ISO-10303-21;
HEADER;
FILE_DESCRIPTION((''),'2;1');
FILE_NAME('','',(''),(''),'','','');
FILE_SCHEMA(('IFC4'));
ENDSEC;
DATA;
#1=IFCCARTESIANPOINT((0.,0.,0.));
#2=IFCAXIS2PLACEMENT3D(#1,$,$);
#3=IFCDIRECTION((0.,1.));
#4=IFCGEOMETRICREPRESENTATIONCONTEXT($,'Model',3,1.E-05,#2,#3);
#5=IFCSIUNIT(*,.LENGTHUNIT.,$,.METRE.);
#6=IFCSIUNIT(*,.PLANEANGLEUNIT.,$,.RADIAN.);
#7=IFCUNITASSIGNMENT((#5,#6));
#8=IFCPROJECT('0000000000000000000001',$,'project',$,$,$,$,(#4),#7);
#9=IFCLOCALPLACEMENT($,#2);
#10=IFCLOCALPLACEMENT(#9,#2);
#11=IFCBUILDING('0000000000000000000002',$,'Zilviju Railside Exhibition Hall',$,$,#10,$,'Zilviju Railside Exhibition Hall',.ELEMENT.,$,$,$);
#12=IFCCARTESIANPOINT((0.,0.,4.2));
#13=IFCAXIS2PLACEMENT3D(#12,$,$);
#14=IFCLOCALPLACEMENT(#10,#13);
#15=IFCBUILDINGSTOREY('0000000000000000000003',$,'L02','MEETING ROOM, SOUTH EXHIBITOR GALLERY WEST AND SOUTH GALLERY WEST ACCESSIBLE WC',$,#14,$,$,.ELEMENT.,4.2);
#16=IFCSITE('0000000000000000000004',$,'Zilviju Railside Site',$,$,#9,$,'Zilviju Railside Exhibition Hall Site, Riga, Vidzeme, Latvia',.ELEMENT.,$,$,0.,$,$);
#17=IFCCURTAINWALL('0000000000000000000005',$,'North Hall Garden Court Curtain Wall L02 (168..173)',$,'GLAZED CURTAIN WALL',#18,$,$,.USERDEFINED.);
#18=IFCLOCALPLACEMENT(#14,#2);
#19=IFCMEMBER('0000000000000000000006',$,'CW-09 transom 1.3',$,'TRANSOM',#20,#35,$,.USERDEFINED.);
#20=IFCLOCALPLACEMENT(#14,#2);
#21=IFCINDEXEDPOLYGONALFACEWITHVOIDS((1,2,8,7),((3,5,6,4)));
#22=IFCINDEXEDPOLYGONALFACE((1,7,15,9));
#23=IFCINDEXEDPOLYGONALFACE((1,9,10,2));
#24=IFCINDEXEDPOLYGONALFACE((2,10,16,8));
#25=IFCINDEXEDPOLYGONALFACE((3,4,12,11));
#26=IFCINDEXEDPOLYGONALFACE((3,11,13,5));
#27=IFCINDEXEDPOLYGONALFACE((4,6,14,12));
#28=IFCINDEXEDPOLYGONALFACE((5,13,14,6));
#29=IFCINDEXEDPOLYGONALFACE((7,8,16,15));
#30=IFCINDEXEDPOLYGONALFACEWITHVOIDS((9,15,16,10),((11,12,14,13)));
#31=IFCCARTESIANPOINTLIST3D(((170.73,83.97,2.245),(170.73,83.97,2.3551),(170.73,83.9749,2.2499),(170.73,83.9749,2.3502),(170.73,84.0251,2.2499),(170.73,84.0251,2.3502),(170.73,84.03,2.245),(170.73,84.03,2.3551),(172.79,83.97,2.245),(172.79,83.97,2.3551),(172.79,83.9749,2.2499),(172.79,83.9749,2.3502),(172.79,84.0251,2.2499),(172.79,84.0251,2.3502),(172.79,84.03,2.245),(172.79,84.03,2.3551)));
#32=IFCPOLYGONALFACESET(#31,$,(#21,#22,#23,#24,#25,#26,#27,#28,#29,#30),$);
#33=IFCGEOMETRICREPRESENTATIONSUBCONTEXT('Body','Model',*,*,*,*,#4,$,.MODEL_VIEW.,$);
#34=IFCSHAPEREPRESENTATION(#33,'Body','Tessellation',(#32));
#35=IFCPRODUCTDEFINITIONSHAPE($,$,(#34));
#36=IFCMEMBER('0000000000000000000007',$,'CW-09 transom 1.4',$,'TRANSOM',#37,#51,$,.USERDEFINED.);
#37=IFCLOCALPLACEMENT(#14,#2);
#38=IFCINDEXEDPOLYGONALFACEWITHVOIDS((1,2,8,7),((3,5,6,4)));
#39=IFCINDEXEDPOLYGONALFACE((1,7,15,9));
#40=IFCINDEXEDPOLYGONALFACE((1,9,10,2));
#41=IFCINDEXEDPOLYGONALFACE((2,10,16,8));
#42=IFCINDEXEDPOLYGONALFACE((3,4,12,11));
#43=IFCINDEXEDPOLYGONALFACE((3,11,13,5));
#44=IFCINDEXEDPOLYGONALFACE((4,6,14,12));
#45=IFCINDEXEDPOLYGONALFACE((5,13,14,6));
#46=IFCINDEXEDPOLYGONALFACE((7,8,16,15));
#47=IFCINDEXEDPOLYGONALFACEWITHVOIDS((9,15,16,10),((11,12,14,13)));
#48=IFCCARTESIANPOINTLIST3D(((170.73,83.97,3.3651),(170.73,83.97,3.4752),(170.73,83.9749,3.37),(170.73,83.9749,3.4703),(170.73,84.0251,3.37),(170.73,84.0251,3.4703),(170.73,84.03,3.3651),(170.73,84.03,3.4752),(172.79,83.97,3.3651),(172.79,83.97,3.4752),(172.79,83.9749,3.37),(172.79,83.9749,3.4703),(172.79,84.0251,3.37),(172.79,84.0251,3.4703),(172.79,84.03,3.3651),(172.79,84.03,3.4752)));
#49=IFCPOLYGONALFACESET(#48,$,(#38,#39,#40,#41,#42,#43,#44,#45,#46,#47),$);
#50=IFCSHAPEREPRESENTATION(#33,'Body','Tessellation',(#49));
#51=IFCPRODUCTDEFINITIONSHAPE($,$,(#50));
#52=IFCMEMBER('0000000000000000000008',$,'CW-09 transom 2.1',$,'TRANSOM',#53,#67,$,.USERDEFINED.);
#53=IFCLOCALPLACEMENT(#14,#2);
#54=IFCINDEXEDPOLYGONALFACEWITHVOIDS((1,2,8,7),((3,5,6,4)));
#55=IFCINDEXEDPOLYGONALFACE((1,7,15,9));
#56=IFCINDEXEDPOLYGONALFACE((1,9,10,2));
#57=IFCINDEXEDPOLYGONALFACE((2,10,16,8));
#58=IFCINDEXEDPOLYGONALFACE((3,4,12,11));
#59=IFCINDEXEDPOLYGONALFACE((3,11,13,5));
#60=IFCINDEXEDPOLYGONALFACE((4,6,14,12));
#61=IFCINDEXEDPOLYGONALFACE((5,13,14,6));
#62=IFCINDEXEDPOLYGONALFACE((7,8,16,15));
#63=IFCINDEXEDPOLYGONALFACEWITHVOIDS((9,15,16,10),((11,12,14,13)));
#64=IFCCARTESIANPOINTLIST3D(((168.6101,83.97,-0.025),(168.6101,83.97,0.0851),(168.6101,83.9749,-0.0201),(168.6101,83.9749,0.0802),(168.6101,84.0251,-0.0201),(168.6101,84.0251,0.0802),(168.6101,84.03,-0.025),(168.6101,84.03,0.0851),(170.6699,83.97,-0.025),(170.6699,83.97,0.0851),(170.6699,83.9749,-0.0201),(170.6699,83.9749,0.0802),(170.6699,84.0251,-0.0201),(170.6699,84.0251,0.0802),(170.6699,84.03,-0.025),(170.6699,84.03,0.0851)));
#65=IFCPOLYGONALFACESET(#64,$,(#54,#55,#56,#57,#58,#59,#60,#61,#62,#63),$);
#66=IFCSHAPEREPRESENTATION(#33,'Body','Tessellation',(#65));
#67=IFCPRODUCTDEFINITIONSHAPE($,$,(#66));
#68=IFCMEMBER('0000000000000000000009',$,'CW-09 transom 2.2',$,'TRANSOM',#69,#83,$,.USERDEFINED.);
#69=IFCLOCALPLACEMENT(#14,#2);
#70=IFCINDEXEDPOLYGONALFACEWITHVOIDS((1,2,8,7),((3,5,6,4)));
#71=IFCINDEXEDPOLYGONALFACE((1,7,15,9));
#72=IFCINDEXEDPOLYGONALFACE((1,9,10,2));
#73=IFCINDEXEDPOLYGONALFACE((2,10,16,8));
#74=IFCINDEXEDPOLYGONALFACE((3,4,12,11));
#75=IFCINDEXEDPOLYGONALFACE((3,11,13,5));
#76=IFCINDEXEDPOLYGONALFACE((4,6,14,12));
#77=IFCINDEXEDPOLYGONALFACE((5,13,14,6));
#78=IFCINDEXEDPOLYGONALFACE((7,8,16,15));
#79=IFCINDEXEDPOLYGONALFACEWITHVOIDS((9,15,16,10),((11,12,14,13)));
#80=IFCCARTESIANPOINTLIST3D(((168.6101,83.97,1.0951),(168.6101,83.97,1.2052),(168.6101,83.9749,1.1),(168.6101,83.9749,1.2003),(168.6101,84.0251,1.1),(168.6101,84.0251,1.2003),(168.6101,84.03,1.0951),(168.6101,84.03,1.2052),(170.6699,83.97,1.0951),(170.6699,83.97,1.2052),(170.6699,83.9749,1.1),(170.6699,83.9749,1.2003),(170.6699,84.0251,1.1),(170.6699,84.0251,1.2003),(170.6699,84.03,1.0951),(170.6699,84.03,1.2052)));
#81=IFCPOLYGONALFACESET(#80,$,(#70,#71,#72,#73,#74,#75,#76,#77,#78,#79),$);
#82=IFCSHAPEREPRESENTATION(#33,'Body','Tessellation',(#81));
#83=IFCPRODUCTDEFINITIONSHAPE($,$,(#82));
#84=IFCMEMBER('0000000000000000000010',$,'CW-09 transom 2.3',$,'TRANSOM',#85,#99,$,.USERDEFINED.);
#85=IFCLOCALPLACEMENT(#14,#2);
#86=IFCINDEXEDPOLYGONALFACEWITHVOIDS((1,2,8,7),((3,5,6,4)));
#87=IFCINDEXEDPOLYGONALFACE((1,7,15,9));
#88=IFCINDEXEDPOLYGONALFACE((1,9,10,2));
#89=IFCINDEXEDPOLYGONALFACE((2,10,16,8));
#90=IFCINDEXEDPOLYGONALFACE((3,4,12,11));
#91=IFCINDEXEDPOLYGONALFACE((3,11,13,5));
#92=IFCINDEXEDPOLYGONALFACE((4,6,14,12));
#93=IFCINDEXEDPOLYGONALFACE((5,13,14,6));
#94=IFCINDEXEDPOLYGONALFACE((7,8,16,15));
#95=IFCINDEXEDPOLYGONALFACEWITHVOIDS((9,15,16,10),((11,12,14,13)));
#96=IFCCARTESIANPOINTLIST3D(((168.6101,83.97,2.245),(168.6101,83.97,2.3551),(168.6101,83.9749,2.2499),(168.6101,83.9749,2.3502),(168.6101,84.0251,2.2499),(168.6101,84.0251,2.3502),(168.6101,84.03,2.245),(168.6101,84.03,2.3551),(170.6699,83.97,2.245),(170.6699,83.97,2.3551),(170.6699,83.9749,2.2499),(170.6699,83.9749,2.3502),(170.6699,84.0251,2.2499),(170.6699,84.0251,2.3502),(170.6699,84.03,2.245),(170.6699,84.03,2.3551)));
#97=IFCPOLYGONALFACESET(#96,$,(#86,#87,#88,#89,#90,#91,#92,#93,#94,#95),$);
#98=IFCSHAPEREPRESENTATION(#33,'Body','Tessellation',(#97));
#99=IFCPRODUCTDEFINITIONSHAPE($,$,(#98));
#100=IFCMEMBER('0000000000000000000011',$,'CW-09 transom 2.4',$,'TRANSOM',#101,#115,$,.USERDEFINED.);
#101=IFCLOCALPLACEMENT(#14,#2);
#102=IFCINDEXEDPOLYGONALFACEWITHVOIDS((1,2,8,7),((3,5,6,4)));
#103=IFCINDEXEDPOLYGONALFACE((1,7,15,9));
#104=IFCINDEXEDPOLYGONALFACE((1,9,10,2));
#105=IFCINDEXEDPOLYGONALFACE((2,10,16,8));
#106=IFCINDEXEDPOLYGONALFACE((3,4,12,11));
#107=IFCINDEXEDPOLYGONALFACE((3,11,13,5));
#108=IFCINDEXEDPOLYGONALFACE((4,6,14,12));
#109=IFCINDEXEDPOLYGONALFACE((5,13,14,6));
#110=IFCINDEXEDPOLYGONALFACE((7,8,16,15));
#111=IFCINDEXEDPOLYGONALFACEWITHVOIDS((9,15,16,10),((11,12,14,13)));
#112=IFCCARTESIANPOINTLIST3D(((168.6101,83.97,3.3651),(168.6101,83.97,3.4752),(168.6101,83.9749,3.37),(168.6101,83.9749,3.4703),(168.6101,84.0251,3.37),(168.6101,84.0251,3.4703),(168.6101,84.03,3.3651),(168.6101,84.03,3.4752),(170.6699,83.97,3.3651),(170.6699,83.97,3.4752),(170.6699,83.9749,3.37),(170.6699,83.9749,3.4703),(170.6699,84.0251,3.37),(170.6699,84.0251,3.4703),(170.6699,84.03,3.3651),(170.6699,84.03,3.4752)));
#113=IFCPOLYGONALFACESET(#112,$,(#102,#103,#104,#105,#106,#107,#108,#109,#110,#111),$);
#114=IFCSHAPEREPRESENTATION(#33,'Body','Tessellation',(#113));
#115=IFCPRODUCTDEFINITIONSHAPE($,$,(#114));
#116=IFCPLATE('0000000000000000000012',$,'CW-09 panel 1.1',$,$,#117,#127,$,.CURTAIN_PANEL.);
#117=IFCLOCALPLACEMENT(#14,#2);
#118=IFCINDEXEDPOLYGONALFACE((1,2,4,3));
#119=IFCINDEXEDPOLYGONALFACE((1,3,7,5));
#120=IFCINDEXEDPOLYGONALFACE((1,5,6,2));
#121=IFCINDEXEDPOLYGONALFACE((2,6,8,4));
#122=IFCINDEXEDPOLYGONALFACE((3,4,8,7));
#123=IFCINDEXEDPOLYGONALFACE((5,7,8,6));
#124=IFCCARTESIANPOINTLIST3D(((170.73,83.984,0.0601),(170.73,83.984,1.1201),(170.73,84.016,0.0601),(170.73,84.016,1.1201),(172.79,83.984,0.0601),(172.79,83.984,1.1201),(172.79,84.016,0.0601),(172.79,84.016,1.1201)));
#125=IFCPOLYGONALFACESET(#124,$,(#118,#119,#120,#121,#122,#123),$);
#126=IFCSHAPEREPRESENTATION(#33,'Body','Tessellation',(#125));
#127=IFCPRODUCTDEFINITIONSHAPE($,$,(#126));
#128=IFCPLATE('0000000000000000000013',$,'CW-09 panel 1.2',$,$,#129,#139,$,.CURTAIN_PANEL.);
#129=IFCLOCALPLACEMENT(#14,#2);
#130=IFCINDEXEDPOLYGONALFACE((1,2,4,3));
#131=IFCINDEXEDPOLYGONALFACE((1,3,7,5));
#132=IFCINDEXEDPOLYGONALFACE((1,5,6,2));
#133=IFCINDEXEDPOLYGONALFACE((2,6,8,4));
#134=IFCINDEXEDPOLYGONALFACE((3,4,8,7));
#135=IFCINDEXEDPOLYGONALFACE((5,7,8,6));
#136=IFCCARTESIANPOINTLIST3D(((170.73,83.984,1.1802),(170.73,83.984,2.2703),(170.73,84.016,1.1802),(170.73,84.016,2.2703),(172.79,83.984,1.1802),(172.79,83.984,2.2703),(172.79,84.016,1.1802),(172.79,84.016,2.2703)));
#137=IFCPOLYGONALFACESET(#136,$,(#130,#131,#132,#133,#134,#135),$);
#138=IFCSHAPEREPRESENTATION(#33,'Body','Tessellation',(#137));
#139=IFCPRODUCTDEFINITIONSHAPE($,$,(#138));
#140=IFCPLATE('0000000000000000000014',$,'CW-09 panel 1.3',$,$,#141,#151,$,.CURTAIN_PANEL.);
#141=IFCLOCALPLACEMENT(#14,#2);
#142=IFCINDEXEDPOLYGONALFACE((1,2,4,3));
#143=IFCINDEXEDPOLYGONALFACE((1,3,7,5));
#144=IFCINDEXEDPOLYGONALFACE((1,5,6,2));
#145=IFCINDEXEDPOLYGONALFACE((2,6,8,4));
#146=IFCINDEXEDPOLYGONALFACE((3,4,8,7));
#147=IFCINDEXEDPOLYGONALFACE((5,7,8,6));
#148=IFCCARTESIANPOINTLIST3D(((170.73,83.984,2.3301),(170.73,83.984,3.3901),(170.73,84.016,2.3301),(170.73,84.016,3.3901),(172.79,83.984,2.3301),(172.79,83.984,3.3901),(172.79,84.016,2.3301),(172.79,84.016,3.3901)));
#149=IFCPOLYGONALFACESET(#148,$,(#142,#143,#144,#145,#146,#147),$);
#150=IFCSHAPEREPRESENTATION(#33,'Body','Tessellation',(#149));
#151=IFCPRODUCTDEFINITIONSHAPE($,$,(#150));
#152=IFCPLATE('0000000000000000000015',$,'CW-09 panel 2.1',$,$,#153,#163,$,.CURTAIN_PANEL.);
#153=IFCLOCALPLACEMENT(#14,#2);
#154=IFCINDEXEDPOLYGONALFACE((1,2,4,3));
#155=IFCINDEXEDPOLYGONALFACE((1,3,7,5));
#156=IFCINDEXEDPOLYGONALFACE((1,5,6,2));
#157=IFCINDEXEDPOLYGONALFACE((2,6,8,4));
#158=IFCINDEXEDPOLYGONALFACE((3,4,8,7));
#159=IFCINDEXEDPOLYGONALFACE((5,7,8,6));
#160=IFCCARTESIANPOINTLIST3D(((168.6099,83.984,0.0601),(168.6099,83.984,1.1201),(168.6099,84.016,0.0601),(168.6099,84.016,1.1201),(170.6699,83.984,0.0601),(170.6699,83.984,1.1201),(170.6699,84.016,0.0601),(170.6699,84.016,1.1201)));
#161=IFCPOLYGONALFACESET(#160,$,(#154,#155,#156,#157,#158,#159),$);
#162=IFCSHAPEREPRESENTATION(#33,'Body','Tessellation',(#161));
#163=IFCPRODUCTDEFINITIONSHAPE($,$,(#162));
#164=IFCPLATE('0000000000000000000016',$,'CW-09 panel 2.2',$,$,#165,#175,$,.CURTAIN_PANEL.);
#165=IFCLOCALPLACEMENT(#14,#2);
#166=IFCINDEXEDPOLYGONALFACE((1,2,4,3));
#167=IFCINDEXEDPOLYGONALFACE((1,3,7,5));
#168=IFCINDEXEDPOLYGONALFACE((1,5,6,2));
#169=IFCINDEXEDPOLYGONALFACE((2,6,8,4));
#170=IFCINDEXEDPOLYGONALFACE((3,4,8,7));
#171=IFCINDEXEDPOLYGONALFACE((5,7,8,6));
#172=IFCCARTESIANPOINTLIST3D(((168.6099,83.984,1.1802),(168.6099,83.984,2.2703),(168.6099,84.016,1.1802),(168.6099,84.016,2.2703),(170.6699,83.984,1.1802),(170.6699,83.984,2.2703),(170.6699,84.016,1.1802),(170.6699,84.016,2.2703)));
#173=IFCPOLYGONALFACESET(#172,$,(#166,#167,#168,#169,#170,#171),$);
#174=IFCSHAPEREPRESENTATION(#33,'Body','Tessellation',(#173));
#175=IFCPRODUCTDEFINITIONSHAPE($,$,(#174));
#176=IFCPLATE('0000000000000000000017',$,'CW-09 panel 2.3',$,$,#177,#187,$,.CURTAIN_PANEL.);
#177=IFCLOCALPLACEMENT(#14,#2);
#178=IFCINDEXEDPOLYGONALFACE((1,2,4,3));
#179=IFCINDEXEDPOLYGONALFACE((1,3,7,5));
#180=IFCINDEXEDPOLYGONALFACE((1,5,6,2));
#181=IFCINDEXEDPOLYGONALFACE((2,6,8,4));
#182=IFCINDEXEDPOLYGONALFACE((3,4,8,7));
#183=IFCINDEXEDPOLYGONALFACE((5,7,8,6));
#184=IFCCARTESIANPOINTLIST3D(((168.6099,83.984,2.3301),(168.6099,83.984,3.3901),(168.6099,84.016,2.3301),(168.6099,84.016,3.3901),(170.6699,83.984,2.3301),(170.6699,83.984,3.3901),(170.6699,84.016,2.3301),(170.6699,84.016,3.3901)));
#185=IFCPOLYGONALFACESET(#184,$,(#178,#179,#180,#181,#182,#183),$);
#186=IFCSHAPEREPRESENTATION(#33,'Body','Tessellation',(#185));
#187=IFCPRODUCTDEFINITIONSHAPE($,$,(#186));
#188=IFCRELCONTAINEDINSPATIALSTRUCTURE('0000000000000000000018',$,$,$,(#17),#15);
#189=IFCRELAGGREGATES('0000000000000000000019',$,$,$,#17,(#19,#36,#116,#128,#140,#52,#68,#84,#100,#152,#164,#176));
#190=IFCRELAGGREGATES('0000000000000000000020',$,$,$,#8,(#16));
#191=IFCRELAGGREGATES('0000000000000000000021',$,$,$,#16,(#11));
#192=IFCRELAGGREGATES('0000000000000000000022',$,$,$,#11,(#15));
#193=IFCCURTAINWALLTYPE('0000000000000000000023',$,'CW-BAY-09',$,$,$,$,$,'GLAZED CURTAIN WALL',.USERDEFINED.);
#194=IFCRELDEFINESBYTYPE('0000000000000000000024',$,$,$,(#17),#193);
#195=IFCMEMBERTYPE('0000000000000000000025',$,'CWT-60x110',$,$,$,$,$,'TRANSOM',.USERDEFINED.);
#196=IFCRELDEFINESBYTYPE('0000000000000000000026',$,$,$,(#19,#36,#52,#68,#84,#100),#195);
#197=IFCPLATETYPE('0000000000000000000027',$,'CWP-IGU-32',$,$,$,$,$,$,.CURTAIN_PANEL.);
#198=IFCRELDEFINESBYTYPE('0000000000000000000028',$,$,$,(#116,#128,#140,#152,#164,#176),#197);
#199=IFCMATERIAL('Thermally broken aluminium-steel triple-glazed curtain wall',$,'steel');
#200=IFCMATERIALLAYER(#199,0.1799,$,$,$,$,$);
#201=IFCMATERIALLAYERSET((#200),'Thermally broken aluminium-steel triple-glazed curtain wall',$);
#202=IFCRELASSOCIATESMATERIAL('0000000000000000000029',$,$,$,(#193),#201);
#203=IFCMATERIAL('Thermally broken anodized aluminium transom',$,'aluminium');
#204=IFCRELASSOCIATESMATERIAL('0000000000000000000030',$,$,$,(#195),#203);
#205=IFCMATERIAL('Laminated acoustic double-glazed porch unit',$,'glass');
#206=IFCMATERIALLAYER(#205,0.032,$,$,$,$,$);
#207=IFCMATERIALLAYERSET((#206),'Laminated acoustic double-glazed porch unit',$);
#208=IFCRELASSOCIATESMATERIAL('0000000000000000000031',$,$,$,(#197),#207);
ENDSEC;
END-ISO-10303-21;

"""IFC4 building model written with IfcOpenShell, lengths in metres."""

from ifc_helpers import new_model, si_unit, direction, frame, origin, origin_2d, place, context, subcontext, project, spatial, rectangle, hollow_rectangle, extrude, material, layer, layer_set, material_profile, profile_set, type_object, element, aggregate, save


model = new_model("IFC4")

# Units and contexts
model_context = context("Model", 3, precision=1e-05, world=origin(), true_north=direction((0.0, 1.0)))
body_context = subcontext(model_context, "Body", "Model", "MODEL_VIEW")
ifc_project = project(units=[si_unit("LENGTHUNIT", "METRE"), si_unit("PLANEANGLEUNIT", "RADIAN")], contexts=[model_context])

# Site, building, storey
site_placement = place(None, origin())
site = spatial("IfcSite", under=ifc_project, at=site_placement, Name="Zilviju Railside Site", LongName="Zilviju Railside Exhibition Hall Site, Riga, Vidzeme, Latvia", CompositionType="ELEMENT", RefElevation=0.0)
building_placement = place(site_placement, origin())
building = spatial("IfcBuilding", under=site, at=building_placement, Name="Zilviju Railside Exhibition Hall", LongName="Zilviju Railside Exhibition Hall", CompositionType="ELEMENT")
storey_placement = place(building_placement, frame((0.0, 0.0, 4.2)))
storey = spatial("IfcBuildingStorey", under=building, at=storey_placement, Name="L02", Description="MEETING ROOM, SOUTH EXHIBITOR GALLERY WEST AND SOUTH GALLERY WEST ACCESSIBLE WC", CompositionType="ELEMENT", Elevation=4.2)

# Curtain wall, members, plates
ifc_material_1 = material(Name="Thermally broken aluminium-steel triple-glazed curtain wall", Category="steel")
ifc_layer_1 = layer(ifc_material_1, 0.1799)
ifc_layer_set_1 = layer_set([ifc_layer_1], Name="Thermally broken aluminium-steel triple-glazed curtain wall")
curtain_wall_type = type_object("IfcCurtainWallType", Name="CW-BAY-09", ElementType="GLAZED CURTAIN WALL", PredefinedType="USERDEFINED", material=ifc_layer_set_1)
curtain_wall_placement = place(storey_placement, origin())
curtain_wall = element("IfcCurtainWall", 1, at=curtain_wall_placement, inside=storey, type_object=curtain_wall_type, Name="North Hall Garden Court Curtain Wall L02 (168..173)", ObjectType="GLAZED CURTAIN WALL", PredefinedType="USERDEFINED")
ifc_material_2 = material(Name="Thermally broken anodized aluminium transom", Category="aluminium")
ifc_material_profile_1 = material_profile(ifc_material_2, hollow_rectangle(XDim=0.0601, YDim=0.1101, WallThickness=0.0049, at=origin_2d()), Name="TRANSOM 110x60x5")
ifc_profile_set_1 = profile_set([ifc_material_profile_1], Name="Thermally broken anodized aluminium transom")
member_type_1 = type_object("IfcMemberType", Name="CWT-60x110", ElementType="TRANSOM", PredefinedType="USERDEFINED", material=ifc_profile_set_1)
member_1_placement = place(storey_placement, frame((172.79, 84.0, 2.3), z_axis=(-1.0, 0.0, 0.0), x_axis=(0.0, -1.0, 0.0)))
member_1 = element("IfcMember", 2, at=member_1_placement, type_object=member_type_1, Name="CW-09 transom 1.3", ObjectType="TRANSOM", PredefinedType="USERDEFINED", context=body_context, shape_type="SweptSolid", body=[
    extrude(hollow_rectangle(XDim=0.0601, YDim=0.1101, WallThickness=0.0049, at=origin_2d()), origin(), (0.0, 0.0, 1.0), 2.0601),
])
member_2_placement = place(storey_placement, frame((172.79, 84.0, 3.4202), z_axis=(-1.0, 0.0, 0.0), x_axis=(0.0, -1.0, 0.0)))
member_2 = element("IfcMember", 3, at=member_2_placement, type_object=member_type_1, Name="CW-09 transom 1.4", ObjectType="TRANSOM", PredefinedType="USERDEFINED", context=body_context, shape_type="SweptSolid", body=[
    extrude(hollow_rectangle(XDim=0.0601, YDim=0.1101, WallThickness=0.0049, at=origin_2d()), origin(), (0.0, 0.0, 1.0), 2.0601),
])
member_3_placement = place(storey_placement, frame((170.6699, 84.0, 0.03), z_axis=(-1.0, 0.0, 0.0), x_axis=(0.0, -1.0, 0.0)))
member_3 = element("IfcMember", 4, at=member_3_placement, type_object=member_type_1, Name="CW-09 transom 2.1", ObjectType="TRANSOM", PredefinedType="USERDEFINED", context=body_context, shape_type="SweptSolid", body=[
    extrude(hollow_rectangle(XDim=0.0601, YDim=0.1101, WallThickness=0.0049, at=origin_2d()), origin(), (0.0, 0.0, 1.0), 2.0598),
])
member_4_placement = place(storey_placement, frame((170.6699, 84.0, 1.1501), z_axis=(-1.0, 0.0, 0.0), x_axis=(0.0, -1.0, 0.0)))
member_4 = element("IfcMember", 5, at=member_4_placement, type_object=member_type_1, Name="CW-09 transom 2.2", ObjectType="TRANSOM", PredefinedType="USERDEFINED", context=body_context, shape_type="SweptSolid", body=[
    extrude(hollow_rectangle(XDim=0.0601, YDim=0.1101, WallThickness=0.0049, at=origin_2d()), origin(), (0.0, 0.0, 1.0), 2.0598),
])
member_5_placement = place(storey_placement, frame((170.6699, 84.0, 2.3), z_axis=(-1.0, 0.0, 0.0), x_axis=(0.0, -1.0, 0.0)))
member_5 = element("IfcMember", 6, at=member_5_placement, type_object=member_type_1, Name="CW-09 transom 2.3", ObjectType="TRANSOM", PredefinedType="USERDEFINED", context=body_context, shape_type="SweptSolid", body=[
    extrude(hollow_rectangle(XDim=0.0601, YDim=0.1101, WallThickness=0.0049, at=origin_2d()), origin(), (0.0, 0.0, 1.0), 2.0598),
])
member_6_placement = place(storey_placement, frame((170.6699, 84.0, 3.4202), z_axis=(-1.0, 0.0, 0.0), x_axis=(0.0, -1.0, 0.0)))
member_6 = element("IfcMember", 7, at=member_6_placement, type_object=member_type_1, Name="CW-09 transom 2.4", ObjectType="TRANSOM", PredefinedType="USERDEFINED", context=body_context, shape_type="SweptSolid", body=[
    extrude(hollow_rectangle(XDim=0.0601, YDim=0.1101, WallThickness=0.0049, at=origin_2d()), origin(), (0.0, 0.0, 1.0), 2.0598),
])
ifc_material_3 = material(Name="Laminated acoustic double-glazed porch unit", Category="glass")
ifc_layer_2 = layer(ifc_material_3, 0.032)
ifc_layer_set_2 = layer_set([ifc_layer_2], Name="Laminated acoustic double-glazed porch unit")
plate_type = type_object("IfcPlateType", Name="CWP-IGU-32", PredefinedType="CURTAIN_PANEL", material=ifc_layer_set_2)
plate_1_placement = place(storey_placement, frame((171.76, 84.0, 0.0601), z_axis=(0.0, 0.0, 1.0), x_axis=(-1.0, 0.0, 0.0)))
plate_1 = element("IfcPlate", 8, at=plate_1_placement, type_object=plate_type, Name="CW-09 panel 1.1", PredefinedType="CURTAIN_PANEL", context=body_context, shape_type="SweptSolid", body=[
    extrude(rectangle(XDim=2.0601, YDim=0.032, at=origin_2d()), origin(), (0.0, 0.0, 1.0), 1.0601),
])
plate_2_placement = place(storey_placement, frame((171.76, 84.0, 1.1802), z_axis=(0.0, 0.0, 1.0), x_axis=(-1.0, 0.0, 0.0)))
plate_2 = element("IfcPlate", 9, at=plate_2_placement, type_object=plate_type, Name="CW-09 panel 1.2", PredefinedType="CURTAIN_PANEL", context=body_context, shape_type="SweptSolid", body=[
    extrude(rectangle(XDim=2.0601, YDim=0.032, at=origin_2d()), origin(), (0.0, 0.0, 1.0), 1.0901),
])
plate_3_placement = place(storey_placement, frame((171.76, 84.0, 2.3301), z_axis=(0.0, 0.0, 1.0), x_axis=(-1.0, 0.0, 0.0)))
plate_3 = element("IfcPlate", 10, at=plate_3_placement, type_object=plate_type, Name="CW-09 panel 1.3", PredefinedType="CURTAIN_PANEL", context=body_context, shape_type="SweptSolid", body=[
    extrude(rectangle(XDim=2.0601, YDim=0.032, at=origin_2d()), origin(), (0.0, 0.0, 1.0), 1.0601),
])
plate_4_placement = place(storey_placement, frame((169.6399, 84.0, 0.0601), z_axis=(0.0, 0.0, 1.0), x_axis=(-1.0, 0.0, 0.0)))
plate_4 = element("IfcPlate", 11, at=plate_4_placement, type_object=plate_type, Name="CW-09 panel 2.1", PredefinedType="CURTAIN_PANEL", context=body_context, shape_type="SweptSolid", body=[
    extrude(rectangle(XDim=2.0601, YDim=0.032, at=origin_2d()), origin(), (0.0, 0.0, 1.0), 1.0601),
])
plate_5_placement = place(storey_placement, frame((169.6399, 84.0, 1.1802), z_axis=(0.0, 0.0, 1.0), x_axis=(-1.0, 0.0, 0.0)))
plate_5 = element("IfcPlate", 12, at=plate_5_placement, type_object=plate_type, Name="CW-09 panel 2.2", PredefinedType="CURTAIN_PANEL", context=body_context, shape_type="SweptSolid", body=[
    extrude(rectangle(XDim=2.0601, YDim=0.032, at=origin_2d()), origin(), (0.0, 0.0, 1.0), 1.0901),
])
plate_6_placement = place(storey_placement, frame((169.6399, 84.0, 2.3301), z_axis=(0.0, 0.0, 1.0), x_axis=(-1.0, 0.0, 0.0)))
plate_6 = element("IfcPlate", 13, at=plate_6_placement, type_object=plate_type, Name="CW-09 panel 2.3", PredefinedType="CURTAIN_PANEL", context=body_context, shape_type="SweptSolid", body=[
    extrude(rectangle(XDim=2.0601, YDim=0.032, at=origin_2d()), origin(), (0.0, 0.0, 1.0), 1.0601),
])
aggregate(curtain_wall, [member_1, member_2, plate_1, plate_2, plate_3, member_3, member_4, member_5, member_6, plate_4, plate_5, plate_6])

save(model, "model.ifc")
